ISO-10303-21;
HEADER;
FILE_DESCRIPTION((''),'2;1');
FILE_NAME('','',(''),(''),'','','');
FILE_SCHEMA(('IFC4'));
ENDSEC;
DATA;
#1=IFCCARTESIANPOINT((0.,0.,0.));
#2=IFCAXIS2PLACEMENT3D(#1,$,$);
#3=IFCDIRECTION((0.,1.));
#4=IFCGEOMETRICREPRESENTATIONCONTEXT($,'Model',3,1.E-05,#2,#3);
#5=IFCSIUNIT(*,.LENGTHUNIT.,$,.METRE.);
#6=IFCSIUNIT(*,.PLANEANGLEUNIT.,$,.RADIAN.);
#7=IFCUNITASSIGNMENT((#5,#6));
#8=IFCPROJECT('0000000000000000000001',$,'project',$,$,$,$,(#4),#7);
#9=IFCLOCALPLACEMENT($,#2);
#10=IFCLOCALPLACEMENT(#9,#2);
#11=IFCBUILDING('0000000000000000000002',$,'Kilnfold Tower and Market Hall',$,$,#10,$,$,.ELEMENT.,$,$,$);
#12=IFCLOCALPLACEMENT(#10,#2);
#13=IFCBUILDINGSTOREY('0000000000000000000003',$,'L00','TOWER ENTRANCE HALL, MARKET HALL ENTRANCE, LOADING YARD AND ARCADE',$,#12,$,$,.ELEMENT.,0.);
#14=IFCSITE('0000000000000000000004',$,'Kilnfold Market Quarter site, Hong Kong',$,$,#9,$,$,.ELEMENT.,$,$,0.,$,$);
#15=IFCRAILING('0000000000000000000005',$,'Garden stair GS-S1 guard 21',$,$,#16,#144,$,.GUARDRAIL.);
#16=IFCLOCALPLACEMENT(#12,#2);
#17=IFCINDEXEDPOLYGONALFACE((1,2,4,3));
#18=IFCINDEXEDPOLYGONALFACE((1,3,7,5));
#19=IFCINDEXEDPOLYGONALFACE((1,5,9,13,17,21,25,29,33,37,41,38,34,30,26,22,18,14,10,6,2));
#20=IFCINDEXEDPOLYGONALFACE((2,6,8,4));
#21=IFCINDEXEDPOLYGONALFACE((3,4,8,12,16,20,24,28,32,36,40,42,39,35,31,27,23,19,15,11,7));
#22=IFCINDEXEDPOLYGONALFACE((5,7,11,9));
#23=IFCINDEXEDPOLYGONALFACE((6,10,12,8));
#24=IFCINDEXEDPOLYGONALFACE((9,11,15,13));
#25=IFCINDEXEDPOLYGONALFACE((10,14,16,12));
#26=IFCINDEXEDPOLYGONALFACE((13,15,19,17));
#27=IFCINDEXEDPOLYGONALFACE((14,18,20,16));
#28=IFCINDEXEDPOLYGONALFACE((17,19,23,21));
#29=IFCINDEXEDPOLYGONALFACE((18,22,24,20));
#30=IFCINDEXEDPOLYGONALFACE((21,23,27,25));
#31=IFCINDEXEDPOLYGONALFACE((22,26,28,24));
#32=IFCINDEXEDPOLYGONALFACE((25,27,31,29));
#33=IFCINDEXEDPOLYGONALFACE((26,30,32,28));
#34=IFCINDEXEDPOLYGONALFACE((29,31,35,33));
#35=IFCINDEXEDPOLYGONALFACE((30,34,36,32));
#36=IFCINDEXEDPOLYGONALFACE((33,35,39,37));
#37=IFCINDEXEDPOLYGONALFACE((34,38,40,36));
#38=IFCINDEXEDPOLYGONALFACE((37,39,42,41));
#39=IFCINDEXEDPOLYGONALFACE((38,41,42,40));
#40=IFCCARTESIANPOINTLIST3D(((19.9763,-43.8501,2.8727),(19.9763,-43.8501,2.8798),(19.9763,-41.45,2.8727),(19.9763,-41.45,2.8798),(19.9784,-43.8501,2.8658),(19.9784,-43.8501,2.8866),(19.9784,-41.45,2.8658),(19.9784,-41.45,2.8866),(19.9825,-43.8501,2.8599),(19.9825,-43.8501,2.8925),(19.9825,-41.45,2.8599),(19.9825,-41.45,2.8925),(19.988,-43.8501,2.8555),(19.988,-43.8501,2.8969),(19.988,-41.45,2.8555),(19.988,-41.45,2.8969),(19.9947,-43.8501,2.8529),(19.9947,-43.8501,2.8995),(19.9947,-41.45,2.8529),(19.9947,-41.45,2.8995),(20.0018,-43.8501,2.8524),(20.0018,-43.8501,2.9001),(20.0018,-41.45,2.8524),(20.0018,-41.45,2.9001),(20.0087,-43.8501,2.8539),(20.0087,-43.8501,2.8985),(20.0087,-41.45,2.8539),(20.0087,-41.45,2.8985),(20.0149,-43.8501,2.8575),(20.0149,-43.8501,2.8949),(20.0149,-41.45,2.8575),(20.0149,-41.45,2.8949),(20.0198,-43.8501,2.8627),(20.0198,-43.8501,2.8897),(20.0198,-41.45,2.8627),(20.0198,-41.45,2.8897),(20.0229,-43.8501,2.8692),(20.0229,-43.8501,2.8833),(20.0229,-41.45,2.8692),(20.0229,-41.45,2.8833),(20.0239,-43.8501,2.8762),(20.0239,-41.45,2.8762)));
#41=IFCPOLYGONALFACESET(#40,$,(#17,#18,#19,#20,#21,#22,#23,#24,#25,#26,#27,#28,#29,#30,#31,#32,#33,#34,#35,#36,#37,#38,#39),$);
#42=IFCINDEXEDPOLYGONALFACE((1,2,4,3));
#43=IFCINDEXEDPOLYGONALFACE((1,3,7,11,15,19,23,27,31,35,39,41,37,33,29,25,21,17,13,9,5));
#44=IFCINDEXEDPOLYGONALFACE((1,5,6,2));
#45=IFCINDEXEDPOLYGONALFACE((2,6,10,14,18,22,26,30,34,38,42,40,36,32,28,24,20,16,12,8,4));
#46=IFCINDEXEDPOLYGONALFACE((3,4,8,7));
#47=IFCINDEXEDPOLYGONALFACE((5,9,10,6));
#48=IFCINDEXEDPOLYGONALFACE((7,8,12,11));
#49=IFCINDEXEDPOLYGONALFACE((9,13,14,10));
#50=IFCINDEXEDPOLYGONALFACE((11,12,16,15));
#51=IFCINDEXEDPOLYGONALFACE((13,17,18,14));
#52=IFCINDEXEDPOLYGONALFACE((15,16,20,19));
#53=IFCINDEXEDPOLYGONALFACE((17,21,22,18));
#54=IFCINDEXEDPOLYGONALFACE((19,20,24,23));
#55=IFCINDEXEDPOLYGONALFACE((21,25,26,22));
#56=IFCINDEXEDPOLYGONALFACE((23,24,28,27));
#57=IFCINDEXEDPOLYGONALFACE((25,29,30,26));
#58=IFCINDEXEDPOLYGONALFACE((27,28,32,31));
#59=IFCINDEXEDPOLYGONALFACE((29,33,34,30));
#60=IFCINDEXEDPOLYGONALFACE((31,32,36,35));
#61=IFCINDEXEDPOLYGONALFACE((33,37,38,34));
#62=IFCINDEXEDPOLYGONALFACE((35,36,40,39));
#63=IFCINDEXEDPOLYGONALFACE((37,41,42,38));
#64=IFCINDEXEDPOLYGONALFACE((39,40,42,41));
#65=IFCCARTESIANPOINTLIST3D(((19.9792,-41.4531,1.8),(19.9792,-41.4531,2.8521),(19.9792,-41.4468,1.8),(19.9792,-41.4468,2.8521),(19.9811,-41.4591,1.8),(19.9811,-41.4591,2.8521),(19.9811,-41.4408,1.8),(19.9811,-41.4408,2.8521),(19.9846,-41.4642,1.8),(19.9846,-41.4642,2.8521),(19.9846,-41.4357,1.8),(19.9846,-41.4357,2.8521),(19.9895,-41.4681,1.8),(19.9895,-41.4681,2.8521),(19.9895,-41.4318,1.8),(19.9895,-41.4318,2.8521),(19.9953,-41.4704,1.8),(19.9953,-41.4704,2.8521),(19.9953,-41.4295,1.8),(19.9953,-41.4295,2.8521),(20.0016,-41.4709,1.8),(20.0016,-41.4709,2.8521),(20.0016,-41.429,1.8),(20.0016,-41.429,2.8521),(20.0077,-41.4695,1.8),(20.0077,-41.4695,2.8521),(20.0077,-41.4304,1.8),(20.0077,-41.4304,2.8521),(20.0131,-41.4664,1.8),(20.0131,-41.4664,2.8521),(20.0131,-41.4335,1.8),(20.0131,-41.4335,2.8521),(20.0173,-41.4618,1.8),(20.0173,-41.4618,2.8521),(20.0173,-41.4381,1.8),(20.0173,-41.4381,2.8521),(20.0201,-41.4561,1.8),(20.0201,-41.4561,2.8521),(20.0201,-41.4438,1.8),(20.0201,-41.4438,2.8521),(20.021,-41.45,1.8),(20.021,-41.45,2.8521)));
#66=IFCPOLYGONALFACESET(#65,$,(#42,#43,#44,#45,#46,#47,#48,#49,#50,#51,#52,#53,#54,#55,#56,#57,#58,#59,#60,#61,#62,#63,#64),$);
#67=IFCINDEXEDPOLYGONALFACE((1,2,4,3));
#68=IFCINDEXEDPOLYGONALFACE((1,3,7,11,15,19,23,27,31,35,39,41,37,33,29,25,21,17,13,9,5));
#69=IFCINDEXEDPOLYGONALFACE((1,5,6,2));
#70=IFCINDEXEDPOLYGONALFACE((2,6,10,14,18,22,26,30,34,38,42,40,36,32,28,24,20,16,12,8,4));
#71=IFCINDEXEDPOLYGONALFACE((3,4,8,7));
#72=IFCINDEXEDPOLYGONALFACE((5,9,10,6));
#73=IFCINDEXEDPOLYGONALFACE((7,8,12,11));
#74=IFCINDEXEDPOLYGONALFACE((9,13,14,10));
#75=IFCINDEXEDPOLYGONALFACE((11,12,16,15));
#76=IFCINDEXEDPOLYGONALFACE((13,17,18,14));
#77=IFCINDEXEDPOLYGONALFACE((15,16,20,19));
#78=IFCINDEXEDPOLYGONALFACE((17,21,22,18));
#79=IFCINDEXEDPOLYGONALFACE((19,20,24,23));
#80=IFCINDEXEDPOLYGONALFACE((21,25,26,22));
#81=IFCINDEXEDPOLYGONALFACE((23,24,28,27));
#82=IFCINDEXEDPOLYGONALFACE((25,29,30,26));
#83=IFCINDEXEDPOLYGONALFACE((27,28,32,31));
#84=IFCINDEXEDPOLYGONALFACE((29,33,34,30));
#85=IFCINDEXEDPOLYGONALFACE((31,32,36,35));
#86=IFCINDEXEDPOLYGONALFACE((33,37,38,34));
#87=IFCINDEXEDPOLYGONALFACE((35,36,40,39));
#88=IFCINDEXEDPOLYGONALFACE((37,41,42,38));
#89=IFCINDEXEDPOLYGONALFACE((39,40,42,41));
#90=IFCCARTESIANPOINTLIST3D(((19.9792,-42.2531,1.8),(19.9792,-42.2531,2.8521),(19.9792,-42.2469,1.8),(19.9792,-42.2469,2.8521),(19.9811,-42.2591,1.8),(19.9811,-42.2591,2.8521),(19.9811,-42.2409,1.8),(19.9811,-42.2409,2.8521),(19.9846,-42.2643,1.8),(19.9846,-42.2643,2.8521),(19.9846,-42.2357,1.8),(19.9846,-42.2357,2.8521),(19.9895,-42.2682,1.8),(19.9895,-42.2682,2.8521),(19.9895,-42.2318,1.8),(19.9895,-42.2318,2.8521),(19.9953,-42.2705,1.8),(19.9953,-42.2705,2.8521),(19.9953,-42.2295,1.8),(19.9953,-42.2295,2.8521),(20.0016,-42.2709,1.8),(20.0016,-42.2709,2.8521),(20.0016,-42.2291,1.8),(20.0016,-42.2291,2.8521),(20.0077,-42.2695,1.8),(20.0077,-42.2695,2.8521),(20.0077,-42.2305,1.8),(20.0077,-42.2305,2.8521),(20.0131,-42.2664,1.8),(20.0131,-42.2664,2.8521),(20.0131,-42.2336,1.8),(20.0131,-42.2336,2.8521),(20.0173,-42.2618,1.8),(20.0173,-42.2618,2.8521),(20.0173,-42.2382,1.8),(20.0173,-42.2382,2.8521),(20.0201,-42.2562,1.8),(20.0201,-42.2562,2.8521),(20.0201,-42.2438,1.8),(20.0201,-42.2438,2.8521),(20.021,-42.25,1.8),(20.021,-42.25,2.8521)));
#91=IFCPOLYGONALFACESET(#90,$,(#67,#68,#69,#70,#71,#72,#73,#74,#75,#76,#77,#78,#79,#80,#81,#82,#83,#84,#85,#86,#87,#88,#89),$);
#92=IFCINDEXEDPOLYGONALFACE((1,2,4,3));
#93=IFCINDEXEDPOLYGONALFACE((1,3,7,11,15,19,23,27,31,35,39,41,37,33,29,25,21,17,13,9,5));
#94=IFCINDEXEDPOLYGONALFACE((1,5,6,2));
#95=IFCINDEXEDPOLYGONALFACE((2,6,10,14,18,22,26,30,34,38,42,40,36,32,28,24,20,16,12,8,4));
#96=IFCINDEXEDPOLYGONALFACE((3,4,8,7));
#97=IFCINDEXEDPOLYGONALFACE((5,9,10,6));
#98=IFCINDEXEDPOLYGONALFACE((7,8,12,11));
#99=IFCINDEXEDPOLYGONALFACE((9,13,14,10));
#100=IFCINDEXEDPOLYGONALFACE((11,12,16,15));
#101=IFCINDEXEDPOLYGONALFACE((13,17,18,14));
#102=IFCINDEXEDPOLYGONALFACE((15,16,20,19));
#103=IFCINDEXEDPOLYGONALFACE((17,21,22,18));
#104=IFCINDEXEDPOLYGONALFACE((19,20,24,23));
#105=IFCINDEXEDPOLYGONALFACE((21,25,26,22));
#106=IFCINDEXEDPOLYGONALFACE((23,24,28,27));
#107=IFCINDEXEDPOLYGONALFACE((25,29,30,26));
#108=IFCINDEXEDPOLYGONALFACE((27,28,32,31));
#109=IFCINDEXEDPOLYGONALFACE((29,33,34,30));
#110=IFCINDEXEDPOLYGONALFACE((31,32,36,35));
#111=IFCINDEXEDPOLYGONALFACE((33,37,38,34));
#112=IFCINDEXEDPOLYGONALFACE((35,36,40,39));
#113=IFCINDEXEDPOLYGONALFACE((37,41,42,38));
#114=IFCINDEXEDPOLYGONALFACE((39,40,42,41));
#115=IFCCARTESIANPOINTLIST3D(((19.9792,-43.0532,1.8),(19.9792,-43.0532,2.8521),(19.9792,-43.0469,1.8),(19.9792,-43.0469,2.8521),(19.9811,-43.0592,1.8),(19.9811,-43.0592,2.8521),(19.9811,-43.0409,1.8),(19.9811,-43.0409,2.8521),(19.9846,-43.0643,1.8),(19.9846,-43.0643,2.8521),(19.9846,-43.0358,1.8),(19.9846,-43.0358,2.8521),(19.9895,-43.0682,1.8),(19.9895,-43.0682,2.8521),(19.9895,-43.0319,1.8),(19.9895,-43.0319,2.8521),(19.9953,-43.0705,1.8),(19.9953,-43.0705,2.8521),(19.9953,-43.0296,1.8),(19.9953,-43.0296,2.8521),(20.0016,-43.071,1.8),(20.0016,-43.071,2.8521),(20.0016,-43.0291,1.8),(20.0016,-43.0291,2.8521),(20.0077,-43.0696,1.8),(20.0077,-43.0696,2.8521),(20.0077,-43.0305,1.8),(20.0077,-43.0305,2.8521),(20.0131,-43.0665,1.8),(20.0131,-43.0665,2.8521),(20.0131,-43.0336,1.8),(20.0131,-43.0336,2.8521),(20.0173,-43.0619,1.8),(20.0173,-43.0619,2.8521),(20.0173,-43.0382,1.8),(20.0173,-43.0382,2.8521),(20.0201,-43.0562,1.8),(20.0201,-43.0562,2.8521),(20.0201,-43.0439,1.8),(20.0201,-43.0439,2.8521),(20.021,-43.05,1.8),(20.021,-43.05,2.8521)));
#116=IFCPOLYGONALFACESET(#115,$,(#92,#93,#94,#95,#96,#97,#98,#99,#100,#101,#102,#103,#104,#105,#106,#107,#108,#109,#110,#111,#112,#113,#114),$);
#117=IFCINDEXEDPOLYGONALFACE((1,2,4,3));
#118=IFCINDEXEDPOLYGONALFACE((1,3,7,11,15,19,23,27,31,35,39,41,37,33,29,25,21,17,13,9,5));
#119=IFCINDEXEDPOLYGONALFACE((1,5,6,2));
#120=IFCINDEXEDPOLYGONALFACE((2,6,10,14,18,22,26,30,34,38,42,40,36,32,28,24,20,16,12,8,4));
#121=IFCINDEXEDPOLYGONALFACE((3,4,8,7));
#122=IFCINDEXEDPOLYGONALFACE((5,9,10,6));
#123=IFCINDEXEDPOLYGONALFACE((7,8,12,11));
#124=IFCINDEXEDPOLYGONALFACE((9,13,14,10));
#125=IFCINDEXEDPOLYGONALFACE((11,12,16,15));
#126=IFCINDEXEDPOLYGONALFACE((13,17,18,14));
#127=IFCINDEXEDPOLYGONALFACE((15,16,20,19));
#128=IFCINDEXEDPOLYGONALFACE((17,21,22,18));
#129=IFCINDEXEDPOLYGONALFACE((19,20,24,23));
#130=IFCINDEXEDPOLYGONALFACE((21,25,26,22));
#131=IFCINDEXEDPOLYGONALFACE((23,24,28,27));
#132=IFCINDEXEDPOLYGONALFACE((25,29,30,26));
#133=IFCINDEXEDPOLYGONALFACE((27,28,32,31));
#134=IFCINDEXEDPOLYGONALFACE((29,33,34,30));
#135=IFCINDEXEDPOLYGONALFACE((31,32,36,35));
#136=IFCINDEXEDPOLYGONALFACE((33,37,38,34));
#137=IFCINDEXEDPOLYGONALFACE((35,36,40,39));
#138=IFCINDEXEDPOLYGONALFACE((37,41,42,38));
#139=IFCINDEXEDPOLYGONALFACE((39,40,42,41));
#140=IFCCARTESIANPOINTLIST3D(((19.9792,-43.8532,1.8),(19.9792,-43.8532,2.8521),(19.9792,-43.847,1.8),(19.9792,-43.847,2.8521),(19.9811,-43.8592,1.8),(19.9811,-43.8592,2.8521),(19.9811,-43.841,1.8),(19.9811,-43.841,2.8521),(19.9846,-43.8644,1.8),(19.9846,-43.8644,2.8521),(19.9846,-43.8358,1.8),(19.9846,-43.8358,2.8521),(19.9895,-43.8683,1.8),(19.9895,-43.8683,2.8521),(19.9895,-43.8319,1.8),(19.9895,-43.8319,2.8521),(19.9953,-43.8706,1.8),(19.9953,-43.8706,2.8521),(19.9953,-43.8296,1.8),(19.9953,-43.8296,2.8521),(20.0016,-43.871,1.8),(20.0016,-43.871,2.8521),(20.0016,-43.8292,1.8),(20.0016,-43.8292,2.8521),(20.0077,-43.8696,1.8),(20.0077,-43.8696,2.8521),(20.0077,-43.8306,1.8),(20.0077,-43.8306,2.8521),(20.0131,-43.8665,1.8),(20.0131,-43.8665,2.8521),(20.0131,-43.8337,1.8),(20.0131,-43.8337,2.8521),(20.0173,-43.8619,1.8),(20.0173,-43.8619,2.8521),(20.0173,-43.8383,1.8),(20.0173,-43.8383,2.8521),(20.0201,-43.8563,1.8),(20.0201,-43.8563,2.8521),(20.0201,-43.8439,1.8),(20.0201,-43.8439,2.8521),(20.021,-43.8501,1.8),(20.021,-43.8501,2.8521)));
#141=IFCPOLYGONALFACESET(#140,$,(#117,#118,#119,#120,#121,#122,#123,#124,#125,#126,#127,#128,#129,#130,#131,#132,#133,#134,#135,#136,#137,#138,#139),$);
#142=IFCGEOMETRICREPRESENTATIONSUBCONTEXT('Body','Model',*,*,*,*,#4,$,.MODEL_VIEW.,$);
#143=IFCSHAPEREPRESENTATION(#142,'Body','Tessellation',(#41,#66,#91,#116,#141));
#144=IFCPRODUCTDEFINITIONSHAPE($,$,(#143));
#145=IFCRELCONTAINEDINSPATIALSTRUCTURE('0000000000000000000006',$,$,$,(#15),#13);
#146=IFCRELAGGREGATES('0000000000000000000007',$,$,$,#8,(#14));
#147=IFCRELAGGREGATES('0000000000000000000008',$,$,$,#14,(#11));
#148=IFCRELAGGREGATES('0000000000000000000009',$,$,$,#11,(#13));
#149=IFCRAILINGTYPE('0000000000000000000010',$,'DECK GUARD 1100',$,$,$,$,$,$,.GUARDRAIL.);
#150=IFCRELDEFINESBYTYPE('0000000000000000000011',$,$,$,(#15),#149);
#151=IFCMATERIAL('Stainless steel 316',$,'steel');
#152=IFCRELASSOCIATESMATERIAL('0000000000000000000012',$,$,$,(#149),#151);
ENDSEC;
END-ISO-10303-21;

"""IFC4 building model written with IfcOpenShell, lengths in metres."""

from ifc_helpers import new_model, si_unit, direction, frame, origin, origin_2d, place, context, subcontext, project, spatial, circle, extrude, material, type_object, element, save


model = new_model("IFC4")

# Units and contexts
model_context = context("Model", 3, precision=1e-05, world=origin(), true_north=direction((0.0, 1.0)))
body_context = subcontext(model_context, "Body", "Model", "MODEL_VIEW")
ifc_project = project(units=[si_unit("LENGTHUNIT", "METRE"), si_unit("PLANEANGLEUNIT", "RADIAN")], contexts=[model_context])

# Site, building, storey
site_placement = place(None, origin())
site = spatial("IfcSite", under=ifc_project, at=site_placement, Name="Kilnfold Market Quarter site, Hong Kong", CompositionType="ELEMENT", RefElevation=0.0)
building_placement = place(site_placement, origin())
building = spatial("IfcBuilding", under=site, at=building_placement, Name="Kilnfold Tower and Market Hall", CompositionType="ELEMENT")
storey_placement = place(building_placement, origin())
storey = spatial("IfcBuildingStorey", under=building, at=storey_placement, Name="L00", Description="TOWER ENTRANCE HALL, MARKET HALL ENTRANCE, LOADING YARD AND ARCADE", CompositionType="ELEMENT", Elevation=0.0)

# Railing
ifc_material_1 = material(Name="Stainless steel 316", Category="steel")
railing_type = type_object("IfcRailingType", Name="DECK GUARD 1100", PredefinedType="GUARDRAIL", material=ifc_material_1)
railing_1_placement = place(storey_placement, frame((20.0, -41.45, 1.8)))
element("IfcRailing", 1, at=railing_1_placement, inside=storey, type_object=railing_type, Name="Garden stair GS-S1 guard 21", PredefinedType="GUARDRAIL", context=body_context, shape_type="SweptSolid", body=[
    extrude(circle(Radius=0.0239, at=origin_2d()), frame((0.0, 0.0, 1.0762), z_axis=(0.0, -1.0, 0.0), x_axis=(1.0, 0.0, 0.0)), (0.0, 0.0, 1.0), 2.4001),
    extrude(circle(Radius=0.021, at=origin_2d()), origin(), (0.0, 0.0, 1.0), 1.052),
    extrude(circle(Radius=0.021, at=origin_2d()), frame((0.0, -0.8, 0.0)), (0.0, 0.0, 1.0), 1.052),
    extrude(circle(Radius=0.021, at=origin_2d()), frame((0.0, -1.6001, 0.0)), (0.0, 0.0, 1.0), 1.052),
    extrude(circle(Radius=0.021, at=origin_2d()), frame((0.0, -2.4001, 0.0)), (0.0, 0.0, 1.0), 1.052),
])

save(model, "model.ifc")
